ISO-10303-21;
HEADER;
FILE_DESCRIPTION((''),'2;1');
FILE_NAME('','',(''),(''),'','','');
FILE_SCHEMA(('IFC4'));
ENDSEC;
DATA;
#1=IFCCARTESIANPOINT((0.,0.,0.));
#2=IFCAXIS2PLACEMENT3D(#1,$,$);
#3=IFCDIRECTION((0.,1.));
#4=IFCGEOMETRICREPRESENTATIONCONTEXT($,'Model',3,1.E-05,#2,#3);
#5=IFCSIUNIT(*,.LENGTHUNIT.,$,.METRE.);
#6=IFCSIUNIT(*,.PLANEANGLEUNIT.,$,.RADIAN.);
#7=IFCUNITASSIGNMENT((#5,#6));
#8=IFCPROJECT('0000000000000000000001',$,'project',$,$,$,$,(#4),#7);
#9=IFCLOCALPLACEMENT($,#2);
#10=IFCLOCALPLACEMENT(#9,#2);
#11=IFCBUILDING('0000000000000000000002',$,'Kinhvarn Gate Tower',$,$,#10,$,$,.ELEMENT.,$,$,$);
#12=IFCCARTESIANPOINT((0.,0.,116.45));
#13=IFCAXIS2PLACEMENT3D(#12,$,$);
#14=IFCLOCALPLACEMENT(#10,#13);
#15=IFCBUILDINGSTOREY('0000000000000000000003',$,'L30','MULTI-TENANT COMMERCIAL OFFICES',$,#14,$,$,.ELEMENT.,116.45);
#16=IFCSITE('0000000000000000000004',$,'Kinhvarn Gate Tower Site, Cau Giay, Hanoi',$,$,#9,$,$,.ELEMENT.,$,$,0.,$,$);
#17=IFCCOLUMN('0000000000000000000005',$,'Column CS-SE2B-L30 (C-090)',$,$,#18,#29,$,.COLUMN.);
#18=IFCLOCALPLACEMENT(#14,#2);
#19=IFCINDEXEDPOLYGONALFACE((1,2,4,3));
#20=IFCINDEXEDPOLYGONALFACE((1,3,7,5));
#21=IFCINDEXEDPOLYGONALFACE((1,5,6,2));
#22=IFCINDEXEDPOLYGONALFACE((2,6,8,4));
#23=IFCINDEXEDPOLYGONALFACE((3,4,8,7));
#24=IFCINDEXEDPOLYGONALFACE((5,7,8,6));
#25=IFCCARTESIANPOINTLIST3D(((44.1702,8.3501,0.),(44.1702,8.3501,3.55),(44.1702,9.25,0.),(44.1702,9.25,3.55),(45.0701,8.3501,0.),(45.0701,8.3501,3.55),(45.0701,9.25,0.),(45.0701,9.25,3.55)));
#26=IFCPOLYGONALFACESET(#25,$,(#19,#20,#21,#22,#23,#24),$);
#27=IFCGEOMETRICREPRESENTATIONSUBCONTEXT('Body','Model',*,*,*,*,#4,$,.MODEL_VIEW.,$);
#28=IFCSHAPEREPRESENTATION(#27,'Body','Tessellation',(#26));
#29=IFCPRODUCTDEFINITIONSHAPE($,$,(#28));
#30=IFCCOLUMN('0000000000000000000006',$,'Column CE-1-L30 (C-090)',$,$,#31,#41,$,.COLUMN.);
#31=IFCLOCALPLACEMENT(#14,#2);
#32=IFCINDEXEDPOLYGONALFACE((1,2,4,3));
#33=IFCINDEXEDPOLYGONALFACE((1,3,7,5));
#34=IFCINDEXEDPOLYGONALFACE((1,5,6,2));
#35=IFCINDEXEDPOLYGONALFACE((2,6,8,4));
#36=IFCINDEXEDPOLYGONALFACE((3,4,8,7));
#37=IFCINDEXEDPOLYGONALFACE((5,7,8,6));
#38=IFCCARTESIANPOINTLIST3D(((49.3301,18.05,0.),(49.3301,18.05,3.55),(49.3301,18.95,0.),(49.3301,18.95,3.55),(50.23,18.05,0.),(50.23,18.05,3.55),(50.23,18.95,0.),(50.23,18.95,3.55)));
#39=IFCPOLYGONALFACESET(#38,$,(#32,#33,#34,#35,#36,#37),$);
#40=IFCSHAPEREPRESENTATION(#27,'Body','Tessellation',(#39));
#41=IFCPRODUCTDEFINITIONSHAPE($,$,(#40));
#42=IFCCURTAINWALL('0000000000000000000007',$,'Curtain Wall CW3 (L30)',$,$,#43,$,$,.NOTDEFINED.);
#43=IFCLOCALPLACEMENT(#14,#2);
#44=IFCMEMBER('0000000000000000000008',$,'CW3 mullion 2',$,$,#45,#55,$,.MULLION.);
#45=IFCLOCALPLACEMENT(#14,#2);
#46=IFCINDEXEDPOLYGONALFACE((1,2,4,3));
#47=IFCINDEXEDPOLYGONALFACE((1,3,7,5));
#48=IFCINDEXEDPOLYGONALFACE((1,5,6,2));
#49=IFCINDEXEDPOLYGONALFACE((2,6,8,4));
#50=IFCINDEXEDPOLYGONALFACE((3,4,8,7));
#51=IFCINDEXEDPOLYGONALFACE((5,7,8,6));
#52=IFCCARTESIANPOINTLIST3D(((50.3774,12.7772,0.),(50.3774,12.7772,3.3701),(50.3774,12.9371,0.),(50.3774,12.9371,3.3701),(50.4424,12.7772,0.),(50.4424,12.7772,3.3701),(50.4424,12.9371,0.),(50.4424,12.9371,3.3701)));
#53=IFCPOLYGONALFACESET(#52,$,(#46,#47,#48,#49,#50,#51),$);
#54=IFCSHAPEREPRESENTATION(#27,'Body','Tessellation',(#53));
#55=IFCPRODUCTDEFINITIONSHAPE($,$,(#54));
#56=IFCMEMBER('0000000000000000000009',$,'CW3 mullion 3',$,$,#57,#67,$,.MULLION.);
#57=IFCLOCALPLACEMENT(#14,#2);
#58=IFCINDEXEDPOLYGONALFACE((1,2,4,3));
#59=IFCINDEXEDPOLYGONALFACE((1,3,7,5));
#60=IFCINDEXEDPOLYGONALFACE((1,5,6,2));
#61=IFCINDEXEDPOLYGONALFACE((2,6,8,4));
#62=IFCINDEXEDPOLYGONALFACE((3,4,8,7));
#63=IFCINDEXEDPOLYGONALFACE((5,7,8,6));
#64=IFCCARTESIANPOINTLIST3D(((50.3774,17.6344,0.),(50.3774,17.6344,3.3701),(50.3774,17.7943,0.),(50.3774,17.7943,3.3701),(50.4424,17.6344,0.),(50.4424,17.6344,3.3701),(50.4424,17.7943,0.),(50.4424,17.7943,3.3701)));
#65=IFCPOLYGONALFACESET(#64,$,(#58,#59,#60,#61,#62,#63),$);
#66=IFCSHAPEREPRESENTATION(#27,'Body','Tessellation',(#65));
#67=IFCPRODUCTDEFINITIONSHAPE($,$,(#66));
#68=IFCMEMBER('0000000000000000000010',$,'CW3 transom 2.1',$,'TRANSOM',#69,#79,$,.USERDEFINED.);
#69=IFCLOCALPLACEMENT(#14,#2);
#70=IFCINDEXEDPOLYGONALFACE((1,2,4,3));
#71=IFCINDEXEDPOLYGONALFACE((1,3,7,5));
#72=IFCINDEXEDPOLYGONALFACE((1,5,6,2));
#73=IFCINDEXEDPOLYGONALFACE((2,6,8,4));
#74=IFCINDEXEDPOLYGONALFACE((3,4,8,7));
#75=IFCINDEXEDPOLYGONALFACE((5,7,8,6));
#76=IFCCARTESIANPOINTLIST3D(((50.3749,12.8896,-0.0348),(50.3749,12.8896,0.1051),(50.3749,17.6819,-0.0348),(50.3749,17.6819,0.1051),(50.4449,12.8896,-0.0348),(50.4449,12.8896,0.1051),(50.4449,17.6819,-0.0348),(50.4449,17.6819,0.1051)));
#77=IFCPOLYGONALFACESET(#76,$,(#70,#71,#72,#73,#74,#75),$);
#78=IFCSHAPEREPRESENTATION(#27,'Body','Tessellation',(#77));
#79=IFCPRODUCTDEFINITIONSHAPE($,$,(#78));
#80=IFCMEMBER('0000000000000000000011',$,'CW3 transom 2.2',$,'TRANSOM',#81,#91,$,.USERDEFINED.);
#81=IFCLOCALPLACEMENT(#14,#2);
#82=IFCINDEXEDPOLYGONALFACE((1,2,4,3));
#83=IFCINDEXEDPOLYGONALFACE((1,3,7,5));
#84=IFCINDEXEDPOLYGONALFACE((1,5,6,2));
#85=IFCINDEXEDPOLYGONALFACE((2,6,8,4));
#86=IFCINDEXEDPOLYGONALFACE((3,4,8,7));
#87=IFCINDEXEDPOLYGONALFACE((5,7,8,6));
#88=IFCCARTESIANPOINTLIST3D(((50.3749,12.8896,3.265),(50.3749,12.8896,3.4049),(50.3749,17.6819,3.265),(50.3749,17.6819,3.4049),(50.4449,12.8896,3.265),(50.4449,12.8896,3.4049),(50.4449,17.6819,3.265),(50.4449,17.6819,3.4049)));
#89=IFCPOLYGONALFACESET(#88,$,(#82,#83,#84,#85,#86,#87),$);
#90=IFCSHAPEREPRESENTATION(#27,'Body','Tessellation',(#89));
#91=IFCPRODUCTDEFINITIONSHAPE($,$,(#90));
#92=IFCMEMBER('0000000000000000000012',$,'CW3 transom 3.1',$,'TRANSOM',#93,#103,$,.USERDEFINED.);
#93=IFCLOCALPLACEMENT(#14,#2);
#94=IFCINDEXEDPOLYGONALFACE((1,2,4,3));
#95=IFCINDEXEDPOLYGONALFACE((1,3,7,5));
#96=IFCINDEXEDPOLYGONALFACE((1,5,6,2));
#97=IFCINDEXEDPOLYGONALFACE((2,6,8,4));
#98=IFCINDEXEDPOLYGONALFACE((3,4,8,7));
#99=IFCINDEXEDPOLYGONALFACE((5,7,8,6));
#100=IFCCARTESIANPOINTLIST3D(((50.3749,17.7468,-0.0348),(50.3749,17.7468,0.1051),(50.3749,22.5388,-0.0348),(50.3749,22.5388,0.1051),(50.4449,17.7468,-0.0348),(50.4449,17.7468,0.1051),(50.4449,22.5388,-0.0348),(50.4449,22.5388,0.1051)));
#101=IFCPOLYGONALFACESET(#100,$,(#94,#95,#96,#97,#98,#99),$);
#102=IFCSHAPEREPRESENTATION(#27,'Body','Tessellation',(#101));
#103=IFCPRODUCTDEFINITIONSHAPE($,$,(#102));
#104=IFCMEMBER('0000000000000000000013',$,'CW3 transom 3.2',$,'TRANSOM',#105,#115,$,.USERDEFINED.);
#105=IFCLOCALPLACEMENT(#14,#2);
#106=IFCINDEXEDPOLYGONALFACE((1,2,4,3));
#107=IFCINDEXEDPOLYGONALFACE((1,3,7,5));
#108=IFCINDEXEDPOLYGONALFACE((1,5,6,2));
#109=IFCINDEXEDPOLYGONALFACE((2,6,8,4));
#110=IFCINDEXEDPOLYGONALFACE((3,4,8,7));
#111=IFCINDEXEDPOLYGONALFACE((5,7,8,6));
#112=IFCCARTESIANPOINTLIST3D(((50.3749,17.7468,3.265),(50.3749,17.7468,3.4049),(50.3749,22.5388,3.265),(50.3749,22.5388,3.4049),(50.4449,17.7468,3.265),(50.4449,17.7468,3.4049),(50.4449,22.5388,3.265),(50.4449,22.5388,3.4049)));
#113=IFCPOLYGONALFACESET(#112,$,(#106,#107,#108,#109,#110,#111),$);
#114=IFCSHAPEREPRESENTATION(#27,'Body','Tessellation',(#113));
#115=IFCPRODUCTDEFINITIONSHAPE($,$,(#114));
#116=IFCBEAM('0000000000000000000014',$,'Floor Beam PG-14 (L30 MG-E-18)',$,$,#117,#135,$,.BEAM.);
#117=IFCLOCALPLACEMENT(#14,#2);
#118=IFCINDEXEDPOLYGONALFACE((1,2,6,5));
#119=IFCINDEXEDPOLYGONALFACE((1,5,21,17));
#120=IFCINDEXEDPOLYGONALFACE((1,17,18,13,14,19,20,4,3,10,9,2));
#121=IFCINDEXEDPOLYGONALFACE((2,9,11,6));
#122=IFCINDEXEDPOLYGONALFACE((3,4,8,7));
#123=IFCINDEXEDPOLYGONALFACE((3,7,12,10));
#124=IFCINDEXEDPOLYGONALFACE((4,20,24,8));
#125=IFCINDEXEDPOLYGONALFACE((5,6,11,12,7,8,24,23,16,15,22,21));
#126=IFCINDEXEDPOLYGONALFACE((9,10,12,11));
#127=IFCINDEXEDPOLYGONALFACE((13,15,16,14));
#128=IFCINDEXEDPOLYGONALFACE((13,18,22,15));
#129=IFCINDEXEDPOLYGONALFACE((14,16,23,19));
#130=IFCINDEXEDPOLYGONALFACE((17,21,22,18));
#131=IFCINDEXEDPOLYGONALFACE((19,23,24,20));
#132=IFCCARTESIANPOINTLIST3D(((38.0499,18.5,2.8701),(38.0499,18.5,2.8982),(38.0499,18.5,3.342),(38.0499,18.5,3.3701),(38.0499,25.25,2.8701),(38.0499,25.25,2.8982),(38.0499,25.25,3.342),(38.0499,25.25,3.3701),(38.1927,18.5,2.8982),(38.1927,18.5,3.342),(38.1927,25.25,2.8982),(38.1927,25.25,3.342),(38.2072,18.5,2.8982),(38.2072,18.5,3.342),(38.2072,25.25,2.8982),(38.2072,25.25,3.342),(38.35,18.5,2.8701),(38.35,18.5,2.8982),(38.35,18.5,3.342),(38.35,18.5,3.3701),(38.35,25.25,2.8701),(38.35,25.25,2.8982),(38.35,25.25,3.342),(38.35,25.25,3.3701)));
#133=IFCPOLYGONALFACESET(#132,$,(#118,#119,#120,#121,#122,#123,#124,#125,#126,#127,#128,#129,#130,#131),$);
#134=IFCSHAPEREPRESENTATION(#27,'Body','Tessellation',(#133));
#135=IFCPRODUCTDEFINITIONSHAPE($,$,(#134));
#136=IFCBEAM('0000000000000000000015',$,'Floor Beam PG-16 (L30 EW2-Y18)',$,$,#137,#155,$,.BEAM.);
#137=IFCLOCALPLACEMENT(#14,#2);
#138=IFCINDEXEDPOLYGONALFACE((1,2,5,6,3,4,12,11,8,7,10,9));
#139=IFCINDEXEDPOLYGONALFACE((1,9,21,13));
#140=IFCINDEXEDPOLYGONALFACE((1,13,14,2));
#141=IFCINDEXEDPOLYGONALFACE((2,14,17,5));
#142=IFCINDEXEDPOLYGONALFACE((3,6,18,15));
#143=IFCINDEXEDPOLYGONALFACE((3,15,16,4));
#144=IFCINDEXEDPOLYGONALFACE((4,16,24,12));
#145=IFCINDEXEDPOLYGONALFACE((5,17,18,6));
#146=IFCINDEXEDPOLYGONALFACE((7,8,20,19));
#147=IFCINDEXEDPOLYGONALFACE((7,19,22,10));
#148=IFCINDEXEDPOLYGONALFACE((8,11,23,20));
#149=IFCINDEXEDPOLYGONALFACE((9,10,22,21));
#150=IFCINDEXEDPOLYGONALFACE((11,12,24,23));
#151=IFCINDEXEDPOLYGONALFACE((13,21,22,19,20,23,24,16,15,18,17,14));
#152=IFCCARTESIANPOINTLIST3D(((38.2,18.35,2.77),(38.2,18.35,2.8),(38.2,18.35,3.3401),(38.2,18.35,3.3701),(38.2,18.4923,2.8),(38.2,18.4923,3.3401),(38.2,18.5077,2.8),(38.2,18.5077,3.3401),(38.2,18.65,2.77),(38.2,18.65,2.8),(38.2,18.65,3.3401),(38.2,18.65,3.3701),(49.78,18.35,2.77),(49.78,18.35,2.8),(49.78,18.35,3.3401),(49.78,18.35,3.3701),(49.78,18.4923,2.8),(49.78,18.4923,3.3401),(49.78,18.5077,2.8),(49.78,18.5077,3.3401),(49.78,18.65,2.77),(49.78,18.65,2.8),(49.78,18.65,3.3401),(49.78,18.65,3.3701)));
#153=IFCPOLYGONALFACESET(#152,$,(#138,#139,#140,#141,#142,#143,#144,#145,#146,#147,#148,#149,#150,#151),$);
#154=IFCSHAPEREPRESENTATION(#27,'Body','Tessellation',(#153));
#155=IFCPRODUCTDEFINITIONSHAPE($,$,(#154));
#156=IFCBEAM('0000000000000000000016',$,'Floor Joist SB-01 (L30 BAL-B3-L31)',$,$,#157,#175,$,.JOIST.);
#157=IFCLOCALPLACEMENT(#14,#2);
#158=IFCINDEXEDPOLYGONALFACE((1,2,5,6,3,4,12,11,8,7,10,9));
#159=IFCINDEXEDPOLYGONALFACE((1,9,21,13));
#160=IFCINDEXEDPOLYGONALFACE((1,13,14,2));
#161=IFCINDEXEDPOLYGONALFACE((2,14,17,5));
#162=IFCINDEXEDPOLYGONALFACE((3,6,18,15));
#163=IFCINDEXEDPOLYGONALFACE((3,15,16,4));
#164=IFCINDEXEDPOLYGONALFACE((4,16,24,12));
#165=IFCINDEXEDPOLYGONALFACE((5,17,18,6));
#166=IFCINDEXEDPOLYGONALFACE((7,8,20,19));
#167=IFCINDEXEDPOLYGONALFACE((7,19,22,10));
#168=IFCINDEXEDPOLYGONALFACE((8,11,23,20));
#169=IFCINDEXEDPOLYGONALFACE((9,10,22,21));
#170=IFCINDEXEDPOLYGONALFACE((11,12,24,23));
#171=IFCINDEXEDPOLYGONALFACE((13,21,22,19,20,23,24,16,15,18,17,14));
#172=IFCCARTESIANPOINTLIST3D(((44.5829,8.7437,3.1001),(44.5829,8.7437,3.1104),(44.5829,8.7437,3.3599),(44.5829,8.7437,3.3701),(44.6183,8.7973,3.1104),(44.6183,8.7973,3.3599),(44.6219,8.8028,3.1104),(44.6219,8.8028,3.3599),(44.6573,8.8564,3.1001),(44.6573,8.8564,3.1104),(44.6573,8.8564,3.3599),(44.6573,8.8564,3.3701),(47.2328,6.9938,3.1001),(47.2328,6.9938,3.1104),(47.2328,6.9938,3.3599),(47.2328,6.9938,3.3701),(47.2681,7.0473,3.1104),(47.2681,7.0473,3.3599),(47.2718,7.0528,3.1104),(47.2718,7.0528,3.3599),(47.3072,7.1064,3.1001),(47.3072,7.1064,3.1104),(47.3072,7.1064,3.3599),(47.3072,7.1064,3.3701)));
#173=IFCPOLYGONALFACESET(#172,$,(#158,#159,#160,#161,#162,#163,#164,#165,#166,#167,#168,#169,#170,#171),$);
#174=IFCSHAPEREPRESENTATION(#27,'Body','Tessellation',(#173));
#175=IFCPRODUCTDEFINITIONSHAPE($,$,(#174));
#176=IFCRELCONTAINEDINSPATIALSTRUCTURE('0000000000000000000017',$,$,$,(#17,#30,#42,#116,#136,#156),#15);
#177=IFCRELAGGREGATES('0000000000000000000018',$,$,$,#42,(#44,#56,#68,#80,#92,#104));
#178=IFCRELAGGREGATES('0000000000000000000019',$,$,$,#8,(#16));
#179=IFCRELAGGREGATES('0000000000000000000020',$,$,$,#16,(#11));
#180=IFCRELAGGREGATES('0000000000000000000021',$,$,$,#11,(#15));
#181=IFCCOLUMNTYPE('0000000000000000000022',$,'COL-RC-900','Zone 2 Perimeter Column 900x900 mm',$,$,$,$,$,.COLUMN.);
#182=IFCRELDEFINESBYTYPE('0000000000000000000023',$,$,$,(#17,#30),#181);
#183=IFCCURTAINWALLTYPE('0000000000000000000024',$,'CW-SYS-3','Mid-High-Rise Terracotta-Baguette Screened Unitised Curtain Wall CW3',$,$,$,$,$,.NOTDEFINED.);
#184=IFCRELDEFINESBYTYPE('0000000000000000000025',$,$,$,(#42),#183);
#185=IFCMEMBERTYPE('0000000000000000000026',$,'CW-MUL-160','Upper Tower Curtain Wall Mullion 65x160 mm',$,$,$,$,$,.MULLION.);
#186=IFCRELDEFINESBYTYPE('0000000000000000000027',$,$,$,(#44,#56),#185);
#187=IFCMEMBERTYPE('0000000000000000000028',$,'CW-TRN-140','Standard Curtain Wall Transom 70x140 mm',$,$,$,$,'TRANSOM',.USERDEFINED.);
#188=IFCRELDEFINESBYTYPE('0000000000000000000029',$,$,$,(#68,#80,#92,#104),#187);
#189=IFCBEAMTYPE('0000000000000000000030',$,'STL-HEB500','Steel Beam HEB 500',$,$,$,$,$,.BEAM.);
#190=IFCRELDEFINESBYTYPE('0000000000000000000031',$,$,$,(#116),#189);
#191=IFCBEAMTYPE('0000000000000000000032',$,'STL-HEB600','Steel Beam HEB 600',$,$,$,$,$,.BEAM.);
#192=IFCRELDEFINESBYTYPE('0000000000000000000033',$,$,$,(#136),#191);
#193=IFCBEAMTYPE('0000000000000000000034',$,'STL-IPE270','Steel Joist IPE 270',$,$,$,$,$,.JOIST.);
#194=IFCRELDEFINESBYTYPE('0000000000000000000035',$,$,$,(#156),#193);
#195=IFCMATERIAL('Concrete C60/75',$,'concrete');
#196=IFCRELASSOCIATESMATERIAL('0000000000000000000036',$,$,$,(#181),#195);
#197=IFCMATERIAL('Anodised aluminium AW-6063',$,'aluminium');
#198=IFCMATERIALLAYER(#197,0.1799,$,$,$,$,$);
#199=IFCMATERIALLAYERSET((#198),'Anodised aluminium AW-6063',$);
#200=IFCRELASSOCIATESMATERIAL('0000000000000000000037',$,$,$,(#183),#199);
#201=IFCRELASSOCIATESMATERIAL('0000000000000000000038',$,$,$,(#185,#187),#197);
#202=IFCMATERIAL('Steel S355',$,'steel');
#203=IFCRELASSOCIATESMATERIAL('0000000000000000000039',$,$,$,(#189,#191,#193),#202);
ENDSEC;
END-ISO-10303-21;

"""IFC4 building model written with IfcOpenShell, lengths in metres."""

from ifc_helpers import new_model, si_unit, direction, frame, origin, origin_2d, place, context, subcontext, project, spatial, rectangle, i_section, extrude, material, layer, layer_set, material_profile, profile_set, type_object, element, aggregate, save


model = new_model("IFC4")

# Units and contexts
model_context = context("Model", 3, precision=1e-05, world=origin(), true_north=direction((0.0, 1.0)))
body_context = subcontext(model_context, "Body", "Model", "MODEL_VIEW")
ifc_project = project(units=[si_unit("LENGTHUNIT", "METRE"), si_unit("PLANEANGLEUNIT", "RADIAN")], contexts=[model_context])

# Site, building, storey
site_placement = place(None, origin())
site = spatial("IfcSite", under=ifc_project, at=site_placement, Name="Kinhvarn Gate Tower Site, Cau Giay, Hanoi", CompositionType="ELEMENT", RefElevation=0.0)
building_placement = place(site_placement, origin())
building = spatial("IfcBuilding", under=site, at=building_placement, Name="Kinhvarn Gate Tower", CompositionType="ELEMENT")
storey_placement = place(building_placement, frame((0.0, 0.0, 116.45)))
storey = spatial("IfcBuildingStorey", under=building, at=storey_placement, Name="L30", Description="MULTI-TENANT COMMERCIAL OFFICES", CompositionType="ELEMENT", Elevation=116.45)

# Columns
ifc_material_1 = material(Name="Concrete C60/75", Category="concrete")
ifc_material_profile_1 = material_profile(ifc_material_1, rectangle(XDim=0.8999, YDim=0.8999, at=origin_2d()), Name="RC 900x900")
ifc_profile_set_1 = profile_set([ifc_material_profile_1], Name="Concrete C60/75")
column_type = type_object("IfcColumnType", Name="COL-RC-900", Description="Zone 2 Perimeter Column 900x900 mm", PredefinedType="COLUMN", material=ifc_profile_set_1)
for number, where, z_axis, x_axis, name in (
    (1, (44.6201, 8.8, 0.0), (0.0, 0.0, 1.0), (1.0, 0.0, 0.0), "Column CS-SE2B-L30 (C-090)"),
    (2, (49.78, 18.5, 0.0), (0.0, 0.0, 1.0), (1.0, 0.0, 0.0), "Column CE-1-L30 (C-090)"),
):
    element("IfcColumn", number, at=place(storey_placement, frame(where, z_axis=z_axis, x_axis=x_axis)), inside=storey, type_object=column_type, Name=name, PredefinedType="COLUMN", context=body_context, shape_type="SweptSolid", body=[
        extrude(rectangle(XDim=0.8999, YDim=0.8999, at=origin_2d()), origin(), (0.0, 0.0, 1.0), 3.55),
    ])

# Curtain wall, members
ifc_material_2 = material(Name="Anodised aluminium AW-6063", Category="aluminium")
ifc_layer_1 = layer(ifc_material_2, 0.1799)
ifc_layer_set_1 = layer_set([ifc_layer_1], Name="Anodised aluminium AW-6063")
curtain_wall_type = type_object("IfcCurtainWallType", Name="CW-SYS-3", Description="Mid-High-Rise Terracotta-Baguette Screened Unitised Curtain Wall CW3", PredefinedType="NOTDEFINED", material=ifc_layer_set_1)
curtain_wall_placement = place(storey_placement, origin())
curtain_wall = element("IfcCurtainWall", 3, at=curtain_wall_placement, inside=storey, type_object=curtain_wall_type, Name="Curtain Wall CW3 (L30)", PredefinedType="NOTDEFINED")
ifc_material_profile_2 = material_profile(ifc_material_2, rectangle(XDim=0.0649, YDim=0.1599, at=origin_2d()), Name="ALU 65x160")
ifc_profile_set_2 = profile_set([ifc_material_profile_2], Name="Anodised aluminium AW-6063")
member_type_1 = type_object("IfcMemberType", Name="CW-MUL-160", Description="Upper Tower Curtain Wall Mullion 65x160 mm", PredefinedType="MULLION", material=ifc_profile_set_2)
member_1_placement = place(storey_placement, frame((50.4099, 12.8572, 0.0), z_axis=(0.0, 0.0, 1.0), x_axis=(-1.0, 0.0, 0.0)))
member_1 = element("IfcMember", 4, at=member_1_placement, type_object=member_type_1, Name="CW3 mullion 2", PredefinedType="MULLION", context=body_context, shape_type="SweptSolid", body=[
    extrude(rectangle(XDim=0.0649, YDim=0.1599, at=origin_2d()), origin(), (0.0, 0.0, 1.0), 3.3701),
])
member_2_placement = place(storey_placement, frame((50.4099, 17.7144, 0.0), z_axis=(0.0, 0.0, 1.0), x_axis=(-1.0, 0.0, 0.0)))
member_2 = element("IfcMember", 5, at=member_2_placement, type_object=member_type_1, Name="CW3 mullion 3", PredefinedType="MULLION", context=body_context, shape_type="SweptSolid", body=[
    extrude(rectangle(XDim=0.0649, YDim=0.1599, at=origin_2d()), origin(), (0.0, 0.0, 1.0), 3.3701),
])
ifc_material_profile_3 = material_profile(ifc_material_2, rectangle(XDim=0.0701, YDim=0.1399, at=origin_2d()), Name="ALU 70x140")
ifc_profile_set_3 = profile_set([ifc_material_profile_3], Name="Anodised aluminium AW-6063")
member_type_2 = type_object("IfcMemberType", Name="CW-TRN-140", Description="Standard Curtain Wall Transom 70x140 mm", ElementType="TRANSOM", PredefinedType="USERDEFINED", material=ifc_profile_set_3)
member_3_placement = place(storey_placement, frame((50.4099, 12.8896, 0.0352), z_axis=(0.0, 1.0, 0.0), x_axis=(-1.0, 0.0, 0.0)))
member_3 = element("IfcMember", 6, at=member_3_placement, type_object=member_type_2, Name="CW3 transom 2.1", ObjectType="TRANSOM", PredefinedType="USERDEFINED", context=body_context, shape_type="SweptSolid", body=[
    extrude(rectangle(XDim=0.0701, YDim=0.1399, at=origin_2d()), origin(), (0.0, 0.0, 1.0), 4.7922),
])
member_4_placement = place(storey_placement, frame((50.4099, 12.8896, 3.335), z_axis=(0.0, 1.0, 0.0), x_axis=(-1.0, 0.0, 0.0)))
member_4 = element("IfcMember", 7, at=member_4_placement, type_object=member_type_2, Name="CW3 transom 2.2", ObjectType="TRANSOM", PredefinedType="USERDEFINED", context=body_context, shape_type="SweptSolid", body=[
    extrude(rectangle(XDim=0.0701, YDim=0.1399, at=origin_2d()), origin(), (0.0, 0.0, 1.0), 4.7922),
])
member_5_placement = place(storey_placement, frame((50.4099, 17.7468, 0.0352), z_axis=(0.0, 1.0, 0.0), x_axis=(-1.0, 0.0, 0.0)))
member_5 = element("IfcMember", 8, at=member_5_placement, type_object=member_type_2, Name="CW3 transom 3.1", ObjectType="TRANSOM", PredefinedType="USERDEFINED", context=body_context, shape_type="SweptSolid", body=[
    extrude(rectangle(XDim=0.0701, YDim=0.1399, at=origin_2d()), origin(), (0.0, 0.0, 1.0), 4.792),
])
member_6_placement = place(storey_placement, frame((50.4099, 17.7468, 3.335), z_axis=(0.0, 1.0, 0.0), x_axis=(-1.0, 0.0, 0.0)))
member_6 = element("IfcMember", 9, at=member_6_placement, type_object=member_type_2, Name="CW3 transom 3.2", ObjectType="TRANSOM", PredefinedType="USERDEFINED", context=body_context, shape_type="SweptSolid", body=[
    extrude(rectangle(XDim=0.0701, YDim=0.1399, at=origin_2d()), origin(), (0.0, 0.0, 1.0), 4.792),
])

# Beams
ifc_material_3 = material(Name="Steel S355", Category="steel")
ifc_material_profile_4 = material_profile(ifc_material_3, i_section(OverallWidth=0.3, OverallDepth=0.5, WebThickness=0.0144, FlangeThickness=0.0281, at=origin_2d()), Name="HEB 500")
ifc_profile_set_4 = profile_set([ifc_material_profile_4], Name="Steel S355")
beam_type_1 = type_object("IfcBeamType", Name="STL-HEB500", Description="Steel Beam HEB 500", PredefinedType="BEAM", material=ifc_profile_set_4)
beam_1_placement = place(storey_placement, frame((38.2, 18.5, 3.1201), z_axis=(0.0, 1.0, 0.0), x_axis=(-1.0, 0.0, 0.0)))
element("IfcBeam", 10, at=beam_1_placement, inside=storey, type_object=beam_type_1, Name="Floor Beam PG-14 (L30 MG-E-18)", PredefinedType="BEAM", context=body_context, shape_type="SweptSolid", body=[
    extrude(i_section(OverallWidth=0.3, OverallDepth=0.5, WebThickness=0.0144, FlangeThickness=0.0281, at=origin_2d()), origin(), (0.0, 0.0, 1.0), 6.75),
])
ifc_material_profile_5 = material_profile(ifc_material_3, i_section(OverallWidth=0.3, OverallDepth=0.6001, WebThickness=0.0154, FlangeThickness=0.03, at=origin_2d()), Name="HEB 600")
ifc_profile_set_5 = profile_set([ifc_material_profile_5], Name="Steel S355")
beam_type_2 = type_object("IfcBeamType", Name="STL-HEB600", Description="Steel Beam HEB 600", PredefinedType="BEAM", material=ifc_profile_set_5)
beam_2_placement = place(storey_placement, frame((38.2, 18.5, 3.0701), z_axis=(1.0, 0.0, 0.0), x_axis=(0.0, 1.0, 0.0)))
element("IfcBeam", 11, at=beam_2_placement, inside=storey, type_object=beam_type_2, Name="Floor Beam PG-16 (L30 EW2-Y18)", PredefinedType="BEAM", context=body_context, shape_type="SweptSolid", body=[
    extrude(i_section(OverallWidth=0.3, OverallDepth=0.6001, WebThickness=0.0154, FlangeThickness=0.03, at=origin_2d()), origin(), (0.0, 0.0, 1.0), 11.5801),
])
ifc_material_profile_6 = material_profile(ifc_material_3, i_section(OverallWidth=0.135, OverallDepth=0.27, WebThickness=0.0066, FlangeThickness=0.0103, at=origin_2d()), Name="IPE 270")
ifc_profile_set_6 = profile_set([ifc_material_profile_6], Name="Steel S355")
beam_type_3 = type_object("IfcBeamType", Name="STL-IPE270", Description="Steel Joist IPE 270", PredefinedType="JOIST", material=ifc_profile_set_6)
beam_3_placement = place(storey_placement, frame((44.6201, 8.8, 3.2351), z_axis=(0.834455, -0.551076, 0.0), x_axis=(0.551076, 0.834455, 0.0)))
element("IfcBeam", 12, at=beam_3_placement, inside=storey, type_object=beam_type_3, Name="Floor Joist SB-01 (L30 BAL-B3-L31)", PredefinedType="JOIST", context=body_context, shape_type="SweptSolid", body=[
    extrude(i_section(OverallWidth=0.135, OverallDepth=0.27, WebThickness=0.0066, FlangeThickness=0.0103, at=origin_2d()), origin(), (0.0, 0.0, 1.0), 3.1755),
])

aggregate(curtain_wall, [member_1, member_2, member_3, member_4, member_5, member_6])

save(model, "model.ifc")
